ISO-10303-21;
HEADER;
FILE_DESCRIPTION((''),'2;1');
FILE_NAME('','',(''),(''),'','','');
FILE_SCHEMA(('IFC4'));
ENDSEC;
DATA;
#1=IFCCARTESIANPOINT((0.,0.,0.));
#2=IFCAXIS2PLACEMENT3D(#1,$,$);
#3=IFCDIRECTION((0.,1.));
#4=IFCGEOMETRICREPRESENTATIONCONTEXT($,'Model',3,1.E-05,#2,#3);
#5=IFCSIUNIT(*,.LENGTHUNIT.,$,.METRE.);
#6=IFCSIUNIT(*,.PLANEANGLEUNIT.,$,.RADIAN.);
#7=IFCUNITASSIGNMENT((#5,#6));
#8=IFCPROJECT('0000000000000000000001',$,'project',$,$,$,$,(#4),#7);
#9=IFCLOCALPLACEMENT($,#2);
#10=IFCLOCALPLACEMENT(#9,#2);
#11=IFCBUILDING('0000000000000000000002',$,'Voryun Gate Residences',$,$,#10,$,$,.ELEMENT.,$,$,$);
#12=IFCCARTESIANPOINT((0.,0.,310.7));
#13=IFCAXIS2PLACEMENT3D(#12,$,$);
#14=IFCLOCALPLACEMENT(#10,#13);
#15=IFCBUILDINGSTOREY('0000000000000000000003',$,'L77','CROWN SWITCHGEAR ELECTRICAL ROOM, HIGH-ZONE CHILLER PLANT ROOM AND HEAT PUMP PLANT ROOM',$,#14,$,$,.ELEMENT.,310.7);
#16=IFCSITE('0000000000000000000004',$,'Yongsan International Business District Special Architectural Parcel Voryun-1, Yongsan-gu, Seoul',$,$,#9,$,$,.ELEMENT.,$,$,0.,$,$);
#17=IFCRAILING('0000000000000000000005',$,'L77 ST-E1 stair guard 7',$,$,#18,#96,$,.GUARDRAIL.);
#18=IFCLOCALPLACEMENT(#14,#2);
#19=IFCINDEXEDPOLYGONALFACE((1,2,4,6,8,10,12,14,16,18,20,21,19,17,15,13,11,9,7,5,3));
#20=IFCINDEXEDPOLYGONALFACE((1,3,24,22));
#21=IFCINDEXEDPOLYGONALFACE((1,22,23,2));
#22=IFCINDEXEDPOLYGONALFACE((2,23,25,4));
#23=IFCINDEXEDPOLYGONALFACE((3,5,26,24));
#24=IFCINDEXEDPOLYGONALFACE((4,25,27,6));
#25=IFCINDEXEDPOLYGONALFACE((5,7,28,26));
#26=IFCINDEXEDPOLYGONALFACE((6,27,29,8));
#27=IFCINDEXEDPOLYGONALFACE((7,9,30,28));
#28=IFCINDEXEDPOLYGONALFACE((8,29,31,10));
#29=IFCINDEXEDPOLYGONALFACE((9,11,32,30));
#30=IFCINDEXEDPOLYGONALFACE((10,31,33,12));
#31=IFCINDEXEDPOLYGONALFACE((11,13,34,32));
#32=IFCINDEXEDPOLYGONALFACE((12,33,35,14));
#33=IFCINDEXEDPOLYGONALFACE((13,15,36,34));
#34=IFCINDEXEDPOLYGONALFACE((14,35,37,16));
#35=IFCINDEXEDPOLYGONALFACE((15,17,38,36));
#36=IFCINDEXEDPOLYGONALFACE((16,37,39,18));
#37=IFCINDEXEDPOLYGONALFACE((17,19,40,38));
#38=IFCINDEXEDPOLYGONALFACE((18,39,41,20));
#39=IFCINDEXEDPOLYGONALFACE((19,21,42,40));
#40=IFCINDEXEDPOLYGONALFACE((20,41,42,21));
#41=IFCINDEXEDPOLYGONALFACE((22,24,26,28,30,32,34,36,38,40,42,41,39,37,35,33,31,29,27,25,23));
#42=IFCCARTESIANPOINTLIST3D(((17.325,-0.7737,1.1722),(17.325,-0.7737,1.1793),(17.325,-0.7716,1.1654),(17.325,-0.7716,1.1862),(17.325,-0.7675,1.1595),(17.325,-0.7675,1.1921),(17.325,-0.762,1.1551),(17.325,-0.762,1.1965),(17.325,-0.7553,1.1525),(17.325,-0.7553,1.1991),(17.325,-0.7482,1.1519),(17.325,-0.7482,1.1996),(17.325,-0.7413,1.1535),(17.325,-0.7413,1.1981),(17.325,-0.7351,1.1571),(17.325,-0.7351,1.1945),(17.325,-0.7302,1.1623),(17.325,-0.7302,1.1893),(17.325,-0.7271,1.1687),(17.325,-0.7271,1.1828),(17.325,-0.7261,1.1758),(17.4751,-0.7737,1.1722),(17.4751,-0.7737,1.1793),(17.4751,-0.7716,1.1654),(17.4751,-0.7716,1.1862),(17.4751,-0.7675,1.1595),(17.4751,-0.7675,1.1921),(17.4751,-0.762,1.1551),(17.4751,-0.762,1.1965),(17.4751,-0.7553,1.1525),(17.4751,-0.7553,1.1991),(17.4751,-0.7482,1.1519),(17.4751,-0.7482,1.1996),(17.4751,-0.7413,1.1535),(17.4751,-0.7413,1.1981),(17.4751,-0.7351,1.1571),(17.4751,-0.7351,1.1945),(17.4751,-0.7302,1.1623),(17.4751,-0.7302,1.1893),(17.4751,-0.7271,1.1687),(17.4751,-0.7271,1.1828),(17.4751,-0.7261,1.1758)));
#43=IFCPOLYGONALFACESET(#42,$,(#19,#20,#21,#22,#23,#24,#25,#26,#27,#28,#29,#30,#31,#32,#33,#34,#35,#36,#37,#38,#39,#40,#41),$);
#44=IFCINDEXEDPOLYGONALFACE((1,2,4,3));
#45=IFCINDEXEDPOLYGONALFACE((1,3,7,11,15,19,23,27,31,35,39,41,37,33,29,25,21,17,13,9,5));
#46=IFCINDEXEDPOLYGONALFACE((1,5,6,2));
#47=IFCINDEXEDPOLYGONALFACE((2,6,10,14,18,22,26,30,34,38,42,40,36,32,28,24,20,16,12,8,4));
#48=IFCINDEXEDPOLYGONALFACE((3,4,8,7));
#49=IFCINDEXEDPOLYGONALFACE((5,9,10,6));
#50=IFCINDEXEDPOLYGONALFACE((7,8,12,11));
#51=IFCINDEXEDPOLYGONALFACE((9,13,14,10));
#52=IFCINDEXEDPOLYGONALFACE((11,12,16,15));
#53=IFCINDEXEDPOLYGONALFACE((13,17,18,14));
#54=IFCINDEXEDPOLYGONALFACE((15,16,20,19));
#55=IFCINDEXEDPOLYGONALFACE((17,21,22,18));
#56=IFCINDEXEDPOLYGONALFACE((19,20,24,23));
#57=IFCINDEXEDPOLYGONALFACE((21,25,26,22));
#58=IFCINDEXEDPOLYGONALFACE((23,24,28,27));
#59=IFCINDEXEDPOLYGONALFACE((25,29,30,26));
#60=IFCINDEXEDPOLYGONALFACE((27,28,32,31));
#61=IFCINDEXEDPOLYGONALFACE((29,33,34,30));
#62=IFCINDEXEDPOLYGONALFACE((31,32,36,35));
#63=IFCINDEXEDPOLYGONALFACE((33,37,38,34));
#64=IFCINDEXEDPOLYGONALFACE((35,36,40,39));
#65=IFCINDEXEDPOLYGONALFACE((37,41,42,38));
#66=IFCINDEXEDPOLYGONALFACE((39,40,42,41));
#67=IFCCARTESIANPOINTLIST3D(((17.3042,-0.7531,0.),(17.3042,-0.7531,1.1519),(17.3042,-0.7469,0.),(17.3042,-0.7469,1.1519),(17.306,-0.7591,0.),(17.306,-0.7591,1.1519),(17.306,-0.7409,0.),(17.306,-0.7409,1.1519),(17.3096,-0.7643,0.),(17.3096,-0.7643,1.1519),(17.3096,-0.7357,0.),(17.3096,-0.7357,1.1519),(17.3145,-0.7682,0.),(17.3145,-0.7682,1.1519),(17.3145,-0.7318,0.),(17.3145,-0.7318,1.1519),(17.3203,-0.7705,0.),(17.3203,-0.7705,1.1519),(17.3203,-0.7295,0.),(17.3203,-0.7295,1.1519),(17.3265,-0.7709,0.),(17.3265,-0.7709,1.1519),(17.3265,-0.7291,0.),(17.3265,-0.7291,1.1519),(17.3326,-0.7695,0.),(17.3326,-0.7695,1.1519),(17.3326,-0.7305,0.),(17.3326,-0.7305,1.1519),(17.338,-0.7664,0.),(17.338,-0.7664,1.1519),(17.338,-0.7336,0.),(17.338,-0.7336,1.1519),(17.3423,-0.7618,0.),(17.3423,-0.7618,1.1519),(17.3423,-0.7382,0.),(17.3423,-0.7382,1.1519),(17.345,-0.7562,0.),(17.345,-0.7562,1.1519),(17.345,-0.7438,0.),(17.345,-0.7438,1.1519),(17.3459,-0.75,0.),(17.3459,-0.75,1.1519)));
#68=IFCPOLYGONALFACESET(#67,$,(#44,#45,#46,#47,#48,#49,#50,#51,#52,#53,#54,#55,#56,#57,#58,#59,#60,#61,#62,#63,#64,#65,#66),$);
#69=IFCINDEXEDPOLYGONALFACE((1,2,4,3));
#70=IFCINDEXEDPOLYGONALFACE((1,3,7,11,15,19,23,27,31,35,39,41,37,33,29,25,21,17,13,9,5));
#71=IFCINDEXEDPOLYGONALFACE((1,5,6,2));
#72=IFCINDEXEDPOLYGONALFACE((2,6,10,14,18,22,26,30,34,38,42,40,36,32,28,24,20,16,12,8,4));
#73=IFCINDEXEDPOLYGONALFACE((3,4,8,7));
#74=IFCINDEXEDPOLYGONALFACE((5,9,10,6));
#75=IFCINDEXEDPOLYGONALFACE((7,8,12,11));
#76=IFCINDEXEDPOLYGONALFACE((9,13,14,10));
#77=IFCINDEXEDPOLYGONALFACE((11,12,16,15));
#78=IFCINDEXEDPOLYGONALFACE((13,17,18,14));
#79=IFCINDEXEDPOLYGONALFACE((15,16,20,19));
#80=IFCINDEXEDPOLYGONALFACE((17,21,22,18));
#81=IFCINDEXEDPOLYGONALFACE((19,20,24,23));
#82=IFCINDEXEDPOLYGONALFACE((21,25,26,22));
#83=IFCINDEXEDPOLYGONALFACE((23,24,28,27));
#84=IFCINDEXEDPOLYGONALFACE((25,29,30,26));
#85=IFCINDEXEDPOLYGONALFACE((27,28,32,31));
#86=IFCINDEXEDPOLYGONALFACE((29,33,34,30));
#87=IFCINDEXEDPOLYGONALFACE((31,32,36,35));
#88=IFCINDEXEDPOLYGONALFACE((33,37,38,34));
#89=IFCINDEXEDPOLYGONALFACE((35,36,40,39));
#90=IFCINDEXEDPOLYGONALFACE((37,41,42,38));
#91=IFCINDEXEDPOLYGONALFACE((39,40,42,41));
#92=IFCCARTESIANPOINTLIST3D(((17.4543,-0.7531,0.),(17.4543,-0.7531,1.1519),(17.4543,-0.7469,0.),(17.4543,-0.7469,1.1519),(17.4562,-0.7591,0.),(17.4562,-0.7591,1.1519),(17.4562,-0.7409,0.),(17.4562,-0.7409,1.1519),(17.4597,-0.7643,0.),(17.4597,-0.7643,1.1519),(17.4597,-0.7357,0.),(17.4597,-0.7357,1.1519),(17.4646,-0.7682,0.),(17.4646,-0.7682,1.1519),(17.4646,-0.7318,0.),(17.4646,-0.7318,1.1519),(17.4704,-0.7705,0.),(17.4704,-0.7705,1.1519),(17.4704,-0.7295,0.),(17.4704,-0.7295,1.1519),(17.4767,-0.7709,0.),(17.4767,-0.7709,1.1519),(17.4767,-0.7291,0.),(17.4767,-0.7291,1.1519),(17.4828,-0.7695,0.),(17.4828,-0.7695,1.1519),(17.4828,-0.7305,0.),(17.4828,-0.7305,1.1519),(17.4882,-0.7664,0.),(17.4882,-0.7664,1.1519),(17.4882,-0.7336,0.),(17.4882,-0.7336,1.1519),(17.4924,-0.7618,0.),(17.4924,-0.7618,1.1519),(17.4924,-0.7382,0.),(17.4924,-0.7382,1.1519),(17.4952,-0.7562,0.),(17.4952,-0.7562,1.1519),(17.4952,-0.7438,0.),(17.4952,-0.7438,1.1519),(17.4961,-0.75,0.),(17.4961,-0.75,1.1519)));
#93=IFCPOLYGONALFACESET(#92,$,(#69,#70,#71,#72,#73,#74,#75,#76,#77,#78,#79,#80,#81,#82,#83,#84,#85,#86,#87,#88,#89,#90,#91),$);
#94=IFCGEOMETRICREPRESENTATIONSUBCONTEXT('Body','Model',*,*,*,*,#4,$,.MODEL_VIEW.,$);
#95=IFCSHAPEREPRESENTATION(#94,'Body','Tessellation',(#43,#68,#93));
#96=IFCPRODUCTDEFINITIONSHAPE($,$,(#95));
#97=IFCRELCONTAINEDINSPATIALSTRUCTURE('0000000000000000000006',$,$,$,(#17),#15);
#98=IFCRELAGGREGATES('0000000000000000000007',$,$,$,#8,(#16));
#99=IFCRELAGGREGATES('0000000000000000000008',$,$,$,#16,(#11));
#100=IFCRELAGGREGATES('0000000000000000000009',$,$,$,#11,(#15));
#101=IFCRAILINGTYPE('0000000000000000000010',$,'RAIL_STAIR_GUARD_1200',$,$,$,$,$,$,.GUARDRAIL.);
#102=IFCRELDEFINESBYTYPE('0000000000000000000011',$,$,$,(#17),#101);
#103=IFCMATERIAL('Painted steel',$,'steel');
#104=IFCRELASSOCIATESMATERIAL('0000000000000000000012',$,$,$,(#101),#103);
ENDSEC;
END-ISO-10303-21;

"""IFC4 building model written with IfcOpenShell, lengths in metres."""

from ifc_helpers import new_model, si_unit, direction, frame, origin, origin_2d, place, context, subcontext, project, spatial, circle, extrude, material, type_object, element, save


model = new_model("IFC4")

# Units and contexts
model_context = context("Model", 3, precision=1e-05, world=origin(), true_north=direction((0.0, 1.0)))
body_context = subcontext(model_context, "Body", "Model", "MODEL_VIEW")
ifc_project = project(units=[si_unit("LENGTHUNIT", "METRE"), si_unit("PLANEANGLEUNIT", "RADIAN")], contexts=[model_context])

# Site, building, storey
site_placement = place(None, origin())
site = spatial("IfcSite", under=ifc_project, at=site_placement, Name="Yongsan International Business District Special Architectural Parcel Voryun-1, Yongsan-gu, Seoul", CompositionType="ELEMENT", RefElevation=0.0)
building_placement = place(site_placement, origin())
building = spatial("IfcBuilding", under=site, at=building_placement, Name="Voryun Gate Residences", CompositionType="ELEMENT")
storey_placement = place(building_placement, frame((0.0, 0.0, 310.7)))
storey = spatial("IfcBuildingStorey", under=building, at=storey_placement, Name="L77", Description="CROWN SWITCHGEAR ELECTRICAL ROOM, HIGH-ZONE CHILLER PLANT ROOM AND HEAT PUMP PLANT ROOM", CompositionType="ELEMENT", Elevation=310.7)

# Railing
ifc_material_1 = material(Name="Painted steel", Category="steel")
railing_type_1 = type_object("IfcRailingType", Name="RAIL_STAIR_GUARD_1200", PredefinedType="GUARDRAIL", material=ifc_material_1)
railing_1_placement = place(storey_placement, frame((17.325, -0.75, 0.0)))
element("IfcRailing", 1, at=railing_1_placement, inside=storey, type_object=railing_type_1, Name="L77 ST-E1 stair guard 7", PredefinedType="GUARDRAIL", context=body_context, shape_type="SweptSolid", body=[
    extrude(circle(Radius=0.0239, at=origin_2d()), frame((0.0, 0.0, 1.1758), z_axis=(1.0, 0.0, 0.0), x_axis=(0.0, 1.0, 0.0)), (0.0, 0.0, 1.0), 0.1501),
    extrude(circle(Radius=0.021, at=origin_2d()), origin(), (0.0, 0.0, 1.0), 1.1519),
    extrude(circle(Radius=0.021, at=origin_2d()), frame((0.1501, 0.0, 0.0)), (0.0, 0.0, 1.0), 1.1519),
])

save(model, "model.ifc")
